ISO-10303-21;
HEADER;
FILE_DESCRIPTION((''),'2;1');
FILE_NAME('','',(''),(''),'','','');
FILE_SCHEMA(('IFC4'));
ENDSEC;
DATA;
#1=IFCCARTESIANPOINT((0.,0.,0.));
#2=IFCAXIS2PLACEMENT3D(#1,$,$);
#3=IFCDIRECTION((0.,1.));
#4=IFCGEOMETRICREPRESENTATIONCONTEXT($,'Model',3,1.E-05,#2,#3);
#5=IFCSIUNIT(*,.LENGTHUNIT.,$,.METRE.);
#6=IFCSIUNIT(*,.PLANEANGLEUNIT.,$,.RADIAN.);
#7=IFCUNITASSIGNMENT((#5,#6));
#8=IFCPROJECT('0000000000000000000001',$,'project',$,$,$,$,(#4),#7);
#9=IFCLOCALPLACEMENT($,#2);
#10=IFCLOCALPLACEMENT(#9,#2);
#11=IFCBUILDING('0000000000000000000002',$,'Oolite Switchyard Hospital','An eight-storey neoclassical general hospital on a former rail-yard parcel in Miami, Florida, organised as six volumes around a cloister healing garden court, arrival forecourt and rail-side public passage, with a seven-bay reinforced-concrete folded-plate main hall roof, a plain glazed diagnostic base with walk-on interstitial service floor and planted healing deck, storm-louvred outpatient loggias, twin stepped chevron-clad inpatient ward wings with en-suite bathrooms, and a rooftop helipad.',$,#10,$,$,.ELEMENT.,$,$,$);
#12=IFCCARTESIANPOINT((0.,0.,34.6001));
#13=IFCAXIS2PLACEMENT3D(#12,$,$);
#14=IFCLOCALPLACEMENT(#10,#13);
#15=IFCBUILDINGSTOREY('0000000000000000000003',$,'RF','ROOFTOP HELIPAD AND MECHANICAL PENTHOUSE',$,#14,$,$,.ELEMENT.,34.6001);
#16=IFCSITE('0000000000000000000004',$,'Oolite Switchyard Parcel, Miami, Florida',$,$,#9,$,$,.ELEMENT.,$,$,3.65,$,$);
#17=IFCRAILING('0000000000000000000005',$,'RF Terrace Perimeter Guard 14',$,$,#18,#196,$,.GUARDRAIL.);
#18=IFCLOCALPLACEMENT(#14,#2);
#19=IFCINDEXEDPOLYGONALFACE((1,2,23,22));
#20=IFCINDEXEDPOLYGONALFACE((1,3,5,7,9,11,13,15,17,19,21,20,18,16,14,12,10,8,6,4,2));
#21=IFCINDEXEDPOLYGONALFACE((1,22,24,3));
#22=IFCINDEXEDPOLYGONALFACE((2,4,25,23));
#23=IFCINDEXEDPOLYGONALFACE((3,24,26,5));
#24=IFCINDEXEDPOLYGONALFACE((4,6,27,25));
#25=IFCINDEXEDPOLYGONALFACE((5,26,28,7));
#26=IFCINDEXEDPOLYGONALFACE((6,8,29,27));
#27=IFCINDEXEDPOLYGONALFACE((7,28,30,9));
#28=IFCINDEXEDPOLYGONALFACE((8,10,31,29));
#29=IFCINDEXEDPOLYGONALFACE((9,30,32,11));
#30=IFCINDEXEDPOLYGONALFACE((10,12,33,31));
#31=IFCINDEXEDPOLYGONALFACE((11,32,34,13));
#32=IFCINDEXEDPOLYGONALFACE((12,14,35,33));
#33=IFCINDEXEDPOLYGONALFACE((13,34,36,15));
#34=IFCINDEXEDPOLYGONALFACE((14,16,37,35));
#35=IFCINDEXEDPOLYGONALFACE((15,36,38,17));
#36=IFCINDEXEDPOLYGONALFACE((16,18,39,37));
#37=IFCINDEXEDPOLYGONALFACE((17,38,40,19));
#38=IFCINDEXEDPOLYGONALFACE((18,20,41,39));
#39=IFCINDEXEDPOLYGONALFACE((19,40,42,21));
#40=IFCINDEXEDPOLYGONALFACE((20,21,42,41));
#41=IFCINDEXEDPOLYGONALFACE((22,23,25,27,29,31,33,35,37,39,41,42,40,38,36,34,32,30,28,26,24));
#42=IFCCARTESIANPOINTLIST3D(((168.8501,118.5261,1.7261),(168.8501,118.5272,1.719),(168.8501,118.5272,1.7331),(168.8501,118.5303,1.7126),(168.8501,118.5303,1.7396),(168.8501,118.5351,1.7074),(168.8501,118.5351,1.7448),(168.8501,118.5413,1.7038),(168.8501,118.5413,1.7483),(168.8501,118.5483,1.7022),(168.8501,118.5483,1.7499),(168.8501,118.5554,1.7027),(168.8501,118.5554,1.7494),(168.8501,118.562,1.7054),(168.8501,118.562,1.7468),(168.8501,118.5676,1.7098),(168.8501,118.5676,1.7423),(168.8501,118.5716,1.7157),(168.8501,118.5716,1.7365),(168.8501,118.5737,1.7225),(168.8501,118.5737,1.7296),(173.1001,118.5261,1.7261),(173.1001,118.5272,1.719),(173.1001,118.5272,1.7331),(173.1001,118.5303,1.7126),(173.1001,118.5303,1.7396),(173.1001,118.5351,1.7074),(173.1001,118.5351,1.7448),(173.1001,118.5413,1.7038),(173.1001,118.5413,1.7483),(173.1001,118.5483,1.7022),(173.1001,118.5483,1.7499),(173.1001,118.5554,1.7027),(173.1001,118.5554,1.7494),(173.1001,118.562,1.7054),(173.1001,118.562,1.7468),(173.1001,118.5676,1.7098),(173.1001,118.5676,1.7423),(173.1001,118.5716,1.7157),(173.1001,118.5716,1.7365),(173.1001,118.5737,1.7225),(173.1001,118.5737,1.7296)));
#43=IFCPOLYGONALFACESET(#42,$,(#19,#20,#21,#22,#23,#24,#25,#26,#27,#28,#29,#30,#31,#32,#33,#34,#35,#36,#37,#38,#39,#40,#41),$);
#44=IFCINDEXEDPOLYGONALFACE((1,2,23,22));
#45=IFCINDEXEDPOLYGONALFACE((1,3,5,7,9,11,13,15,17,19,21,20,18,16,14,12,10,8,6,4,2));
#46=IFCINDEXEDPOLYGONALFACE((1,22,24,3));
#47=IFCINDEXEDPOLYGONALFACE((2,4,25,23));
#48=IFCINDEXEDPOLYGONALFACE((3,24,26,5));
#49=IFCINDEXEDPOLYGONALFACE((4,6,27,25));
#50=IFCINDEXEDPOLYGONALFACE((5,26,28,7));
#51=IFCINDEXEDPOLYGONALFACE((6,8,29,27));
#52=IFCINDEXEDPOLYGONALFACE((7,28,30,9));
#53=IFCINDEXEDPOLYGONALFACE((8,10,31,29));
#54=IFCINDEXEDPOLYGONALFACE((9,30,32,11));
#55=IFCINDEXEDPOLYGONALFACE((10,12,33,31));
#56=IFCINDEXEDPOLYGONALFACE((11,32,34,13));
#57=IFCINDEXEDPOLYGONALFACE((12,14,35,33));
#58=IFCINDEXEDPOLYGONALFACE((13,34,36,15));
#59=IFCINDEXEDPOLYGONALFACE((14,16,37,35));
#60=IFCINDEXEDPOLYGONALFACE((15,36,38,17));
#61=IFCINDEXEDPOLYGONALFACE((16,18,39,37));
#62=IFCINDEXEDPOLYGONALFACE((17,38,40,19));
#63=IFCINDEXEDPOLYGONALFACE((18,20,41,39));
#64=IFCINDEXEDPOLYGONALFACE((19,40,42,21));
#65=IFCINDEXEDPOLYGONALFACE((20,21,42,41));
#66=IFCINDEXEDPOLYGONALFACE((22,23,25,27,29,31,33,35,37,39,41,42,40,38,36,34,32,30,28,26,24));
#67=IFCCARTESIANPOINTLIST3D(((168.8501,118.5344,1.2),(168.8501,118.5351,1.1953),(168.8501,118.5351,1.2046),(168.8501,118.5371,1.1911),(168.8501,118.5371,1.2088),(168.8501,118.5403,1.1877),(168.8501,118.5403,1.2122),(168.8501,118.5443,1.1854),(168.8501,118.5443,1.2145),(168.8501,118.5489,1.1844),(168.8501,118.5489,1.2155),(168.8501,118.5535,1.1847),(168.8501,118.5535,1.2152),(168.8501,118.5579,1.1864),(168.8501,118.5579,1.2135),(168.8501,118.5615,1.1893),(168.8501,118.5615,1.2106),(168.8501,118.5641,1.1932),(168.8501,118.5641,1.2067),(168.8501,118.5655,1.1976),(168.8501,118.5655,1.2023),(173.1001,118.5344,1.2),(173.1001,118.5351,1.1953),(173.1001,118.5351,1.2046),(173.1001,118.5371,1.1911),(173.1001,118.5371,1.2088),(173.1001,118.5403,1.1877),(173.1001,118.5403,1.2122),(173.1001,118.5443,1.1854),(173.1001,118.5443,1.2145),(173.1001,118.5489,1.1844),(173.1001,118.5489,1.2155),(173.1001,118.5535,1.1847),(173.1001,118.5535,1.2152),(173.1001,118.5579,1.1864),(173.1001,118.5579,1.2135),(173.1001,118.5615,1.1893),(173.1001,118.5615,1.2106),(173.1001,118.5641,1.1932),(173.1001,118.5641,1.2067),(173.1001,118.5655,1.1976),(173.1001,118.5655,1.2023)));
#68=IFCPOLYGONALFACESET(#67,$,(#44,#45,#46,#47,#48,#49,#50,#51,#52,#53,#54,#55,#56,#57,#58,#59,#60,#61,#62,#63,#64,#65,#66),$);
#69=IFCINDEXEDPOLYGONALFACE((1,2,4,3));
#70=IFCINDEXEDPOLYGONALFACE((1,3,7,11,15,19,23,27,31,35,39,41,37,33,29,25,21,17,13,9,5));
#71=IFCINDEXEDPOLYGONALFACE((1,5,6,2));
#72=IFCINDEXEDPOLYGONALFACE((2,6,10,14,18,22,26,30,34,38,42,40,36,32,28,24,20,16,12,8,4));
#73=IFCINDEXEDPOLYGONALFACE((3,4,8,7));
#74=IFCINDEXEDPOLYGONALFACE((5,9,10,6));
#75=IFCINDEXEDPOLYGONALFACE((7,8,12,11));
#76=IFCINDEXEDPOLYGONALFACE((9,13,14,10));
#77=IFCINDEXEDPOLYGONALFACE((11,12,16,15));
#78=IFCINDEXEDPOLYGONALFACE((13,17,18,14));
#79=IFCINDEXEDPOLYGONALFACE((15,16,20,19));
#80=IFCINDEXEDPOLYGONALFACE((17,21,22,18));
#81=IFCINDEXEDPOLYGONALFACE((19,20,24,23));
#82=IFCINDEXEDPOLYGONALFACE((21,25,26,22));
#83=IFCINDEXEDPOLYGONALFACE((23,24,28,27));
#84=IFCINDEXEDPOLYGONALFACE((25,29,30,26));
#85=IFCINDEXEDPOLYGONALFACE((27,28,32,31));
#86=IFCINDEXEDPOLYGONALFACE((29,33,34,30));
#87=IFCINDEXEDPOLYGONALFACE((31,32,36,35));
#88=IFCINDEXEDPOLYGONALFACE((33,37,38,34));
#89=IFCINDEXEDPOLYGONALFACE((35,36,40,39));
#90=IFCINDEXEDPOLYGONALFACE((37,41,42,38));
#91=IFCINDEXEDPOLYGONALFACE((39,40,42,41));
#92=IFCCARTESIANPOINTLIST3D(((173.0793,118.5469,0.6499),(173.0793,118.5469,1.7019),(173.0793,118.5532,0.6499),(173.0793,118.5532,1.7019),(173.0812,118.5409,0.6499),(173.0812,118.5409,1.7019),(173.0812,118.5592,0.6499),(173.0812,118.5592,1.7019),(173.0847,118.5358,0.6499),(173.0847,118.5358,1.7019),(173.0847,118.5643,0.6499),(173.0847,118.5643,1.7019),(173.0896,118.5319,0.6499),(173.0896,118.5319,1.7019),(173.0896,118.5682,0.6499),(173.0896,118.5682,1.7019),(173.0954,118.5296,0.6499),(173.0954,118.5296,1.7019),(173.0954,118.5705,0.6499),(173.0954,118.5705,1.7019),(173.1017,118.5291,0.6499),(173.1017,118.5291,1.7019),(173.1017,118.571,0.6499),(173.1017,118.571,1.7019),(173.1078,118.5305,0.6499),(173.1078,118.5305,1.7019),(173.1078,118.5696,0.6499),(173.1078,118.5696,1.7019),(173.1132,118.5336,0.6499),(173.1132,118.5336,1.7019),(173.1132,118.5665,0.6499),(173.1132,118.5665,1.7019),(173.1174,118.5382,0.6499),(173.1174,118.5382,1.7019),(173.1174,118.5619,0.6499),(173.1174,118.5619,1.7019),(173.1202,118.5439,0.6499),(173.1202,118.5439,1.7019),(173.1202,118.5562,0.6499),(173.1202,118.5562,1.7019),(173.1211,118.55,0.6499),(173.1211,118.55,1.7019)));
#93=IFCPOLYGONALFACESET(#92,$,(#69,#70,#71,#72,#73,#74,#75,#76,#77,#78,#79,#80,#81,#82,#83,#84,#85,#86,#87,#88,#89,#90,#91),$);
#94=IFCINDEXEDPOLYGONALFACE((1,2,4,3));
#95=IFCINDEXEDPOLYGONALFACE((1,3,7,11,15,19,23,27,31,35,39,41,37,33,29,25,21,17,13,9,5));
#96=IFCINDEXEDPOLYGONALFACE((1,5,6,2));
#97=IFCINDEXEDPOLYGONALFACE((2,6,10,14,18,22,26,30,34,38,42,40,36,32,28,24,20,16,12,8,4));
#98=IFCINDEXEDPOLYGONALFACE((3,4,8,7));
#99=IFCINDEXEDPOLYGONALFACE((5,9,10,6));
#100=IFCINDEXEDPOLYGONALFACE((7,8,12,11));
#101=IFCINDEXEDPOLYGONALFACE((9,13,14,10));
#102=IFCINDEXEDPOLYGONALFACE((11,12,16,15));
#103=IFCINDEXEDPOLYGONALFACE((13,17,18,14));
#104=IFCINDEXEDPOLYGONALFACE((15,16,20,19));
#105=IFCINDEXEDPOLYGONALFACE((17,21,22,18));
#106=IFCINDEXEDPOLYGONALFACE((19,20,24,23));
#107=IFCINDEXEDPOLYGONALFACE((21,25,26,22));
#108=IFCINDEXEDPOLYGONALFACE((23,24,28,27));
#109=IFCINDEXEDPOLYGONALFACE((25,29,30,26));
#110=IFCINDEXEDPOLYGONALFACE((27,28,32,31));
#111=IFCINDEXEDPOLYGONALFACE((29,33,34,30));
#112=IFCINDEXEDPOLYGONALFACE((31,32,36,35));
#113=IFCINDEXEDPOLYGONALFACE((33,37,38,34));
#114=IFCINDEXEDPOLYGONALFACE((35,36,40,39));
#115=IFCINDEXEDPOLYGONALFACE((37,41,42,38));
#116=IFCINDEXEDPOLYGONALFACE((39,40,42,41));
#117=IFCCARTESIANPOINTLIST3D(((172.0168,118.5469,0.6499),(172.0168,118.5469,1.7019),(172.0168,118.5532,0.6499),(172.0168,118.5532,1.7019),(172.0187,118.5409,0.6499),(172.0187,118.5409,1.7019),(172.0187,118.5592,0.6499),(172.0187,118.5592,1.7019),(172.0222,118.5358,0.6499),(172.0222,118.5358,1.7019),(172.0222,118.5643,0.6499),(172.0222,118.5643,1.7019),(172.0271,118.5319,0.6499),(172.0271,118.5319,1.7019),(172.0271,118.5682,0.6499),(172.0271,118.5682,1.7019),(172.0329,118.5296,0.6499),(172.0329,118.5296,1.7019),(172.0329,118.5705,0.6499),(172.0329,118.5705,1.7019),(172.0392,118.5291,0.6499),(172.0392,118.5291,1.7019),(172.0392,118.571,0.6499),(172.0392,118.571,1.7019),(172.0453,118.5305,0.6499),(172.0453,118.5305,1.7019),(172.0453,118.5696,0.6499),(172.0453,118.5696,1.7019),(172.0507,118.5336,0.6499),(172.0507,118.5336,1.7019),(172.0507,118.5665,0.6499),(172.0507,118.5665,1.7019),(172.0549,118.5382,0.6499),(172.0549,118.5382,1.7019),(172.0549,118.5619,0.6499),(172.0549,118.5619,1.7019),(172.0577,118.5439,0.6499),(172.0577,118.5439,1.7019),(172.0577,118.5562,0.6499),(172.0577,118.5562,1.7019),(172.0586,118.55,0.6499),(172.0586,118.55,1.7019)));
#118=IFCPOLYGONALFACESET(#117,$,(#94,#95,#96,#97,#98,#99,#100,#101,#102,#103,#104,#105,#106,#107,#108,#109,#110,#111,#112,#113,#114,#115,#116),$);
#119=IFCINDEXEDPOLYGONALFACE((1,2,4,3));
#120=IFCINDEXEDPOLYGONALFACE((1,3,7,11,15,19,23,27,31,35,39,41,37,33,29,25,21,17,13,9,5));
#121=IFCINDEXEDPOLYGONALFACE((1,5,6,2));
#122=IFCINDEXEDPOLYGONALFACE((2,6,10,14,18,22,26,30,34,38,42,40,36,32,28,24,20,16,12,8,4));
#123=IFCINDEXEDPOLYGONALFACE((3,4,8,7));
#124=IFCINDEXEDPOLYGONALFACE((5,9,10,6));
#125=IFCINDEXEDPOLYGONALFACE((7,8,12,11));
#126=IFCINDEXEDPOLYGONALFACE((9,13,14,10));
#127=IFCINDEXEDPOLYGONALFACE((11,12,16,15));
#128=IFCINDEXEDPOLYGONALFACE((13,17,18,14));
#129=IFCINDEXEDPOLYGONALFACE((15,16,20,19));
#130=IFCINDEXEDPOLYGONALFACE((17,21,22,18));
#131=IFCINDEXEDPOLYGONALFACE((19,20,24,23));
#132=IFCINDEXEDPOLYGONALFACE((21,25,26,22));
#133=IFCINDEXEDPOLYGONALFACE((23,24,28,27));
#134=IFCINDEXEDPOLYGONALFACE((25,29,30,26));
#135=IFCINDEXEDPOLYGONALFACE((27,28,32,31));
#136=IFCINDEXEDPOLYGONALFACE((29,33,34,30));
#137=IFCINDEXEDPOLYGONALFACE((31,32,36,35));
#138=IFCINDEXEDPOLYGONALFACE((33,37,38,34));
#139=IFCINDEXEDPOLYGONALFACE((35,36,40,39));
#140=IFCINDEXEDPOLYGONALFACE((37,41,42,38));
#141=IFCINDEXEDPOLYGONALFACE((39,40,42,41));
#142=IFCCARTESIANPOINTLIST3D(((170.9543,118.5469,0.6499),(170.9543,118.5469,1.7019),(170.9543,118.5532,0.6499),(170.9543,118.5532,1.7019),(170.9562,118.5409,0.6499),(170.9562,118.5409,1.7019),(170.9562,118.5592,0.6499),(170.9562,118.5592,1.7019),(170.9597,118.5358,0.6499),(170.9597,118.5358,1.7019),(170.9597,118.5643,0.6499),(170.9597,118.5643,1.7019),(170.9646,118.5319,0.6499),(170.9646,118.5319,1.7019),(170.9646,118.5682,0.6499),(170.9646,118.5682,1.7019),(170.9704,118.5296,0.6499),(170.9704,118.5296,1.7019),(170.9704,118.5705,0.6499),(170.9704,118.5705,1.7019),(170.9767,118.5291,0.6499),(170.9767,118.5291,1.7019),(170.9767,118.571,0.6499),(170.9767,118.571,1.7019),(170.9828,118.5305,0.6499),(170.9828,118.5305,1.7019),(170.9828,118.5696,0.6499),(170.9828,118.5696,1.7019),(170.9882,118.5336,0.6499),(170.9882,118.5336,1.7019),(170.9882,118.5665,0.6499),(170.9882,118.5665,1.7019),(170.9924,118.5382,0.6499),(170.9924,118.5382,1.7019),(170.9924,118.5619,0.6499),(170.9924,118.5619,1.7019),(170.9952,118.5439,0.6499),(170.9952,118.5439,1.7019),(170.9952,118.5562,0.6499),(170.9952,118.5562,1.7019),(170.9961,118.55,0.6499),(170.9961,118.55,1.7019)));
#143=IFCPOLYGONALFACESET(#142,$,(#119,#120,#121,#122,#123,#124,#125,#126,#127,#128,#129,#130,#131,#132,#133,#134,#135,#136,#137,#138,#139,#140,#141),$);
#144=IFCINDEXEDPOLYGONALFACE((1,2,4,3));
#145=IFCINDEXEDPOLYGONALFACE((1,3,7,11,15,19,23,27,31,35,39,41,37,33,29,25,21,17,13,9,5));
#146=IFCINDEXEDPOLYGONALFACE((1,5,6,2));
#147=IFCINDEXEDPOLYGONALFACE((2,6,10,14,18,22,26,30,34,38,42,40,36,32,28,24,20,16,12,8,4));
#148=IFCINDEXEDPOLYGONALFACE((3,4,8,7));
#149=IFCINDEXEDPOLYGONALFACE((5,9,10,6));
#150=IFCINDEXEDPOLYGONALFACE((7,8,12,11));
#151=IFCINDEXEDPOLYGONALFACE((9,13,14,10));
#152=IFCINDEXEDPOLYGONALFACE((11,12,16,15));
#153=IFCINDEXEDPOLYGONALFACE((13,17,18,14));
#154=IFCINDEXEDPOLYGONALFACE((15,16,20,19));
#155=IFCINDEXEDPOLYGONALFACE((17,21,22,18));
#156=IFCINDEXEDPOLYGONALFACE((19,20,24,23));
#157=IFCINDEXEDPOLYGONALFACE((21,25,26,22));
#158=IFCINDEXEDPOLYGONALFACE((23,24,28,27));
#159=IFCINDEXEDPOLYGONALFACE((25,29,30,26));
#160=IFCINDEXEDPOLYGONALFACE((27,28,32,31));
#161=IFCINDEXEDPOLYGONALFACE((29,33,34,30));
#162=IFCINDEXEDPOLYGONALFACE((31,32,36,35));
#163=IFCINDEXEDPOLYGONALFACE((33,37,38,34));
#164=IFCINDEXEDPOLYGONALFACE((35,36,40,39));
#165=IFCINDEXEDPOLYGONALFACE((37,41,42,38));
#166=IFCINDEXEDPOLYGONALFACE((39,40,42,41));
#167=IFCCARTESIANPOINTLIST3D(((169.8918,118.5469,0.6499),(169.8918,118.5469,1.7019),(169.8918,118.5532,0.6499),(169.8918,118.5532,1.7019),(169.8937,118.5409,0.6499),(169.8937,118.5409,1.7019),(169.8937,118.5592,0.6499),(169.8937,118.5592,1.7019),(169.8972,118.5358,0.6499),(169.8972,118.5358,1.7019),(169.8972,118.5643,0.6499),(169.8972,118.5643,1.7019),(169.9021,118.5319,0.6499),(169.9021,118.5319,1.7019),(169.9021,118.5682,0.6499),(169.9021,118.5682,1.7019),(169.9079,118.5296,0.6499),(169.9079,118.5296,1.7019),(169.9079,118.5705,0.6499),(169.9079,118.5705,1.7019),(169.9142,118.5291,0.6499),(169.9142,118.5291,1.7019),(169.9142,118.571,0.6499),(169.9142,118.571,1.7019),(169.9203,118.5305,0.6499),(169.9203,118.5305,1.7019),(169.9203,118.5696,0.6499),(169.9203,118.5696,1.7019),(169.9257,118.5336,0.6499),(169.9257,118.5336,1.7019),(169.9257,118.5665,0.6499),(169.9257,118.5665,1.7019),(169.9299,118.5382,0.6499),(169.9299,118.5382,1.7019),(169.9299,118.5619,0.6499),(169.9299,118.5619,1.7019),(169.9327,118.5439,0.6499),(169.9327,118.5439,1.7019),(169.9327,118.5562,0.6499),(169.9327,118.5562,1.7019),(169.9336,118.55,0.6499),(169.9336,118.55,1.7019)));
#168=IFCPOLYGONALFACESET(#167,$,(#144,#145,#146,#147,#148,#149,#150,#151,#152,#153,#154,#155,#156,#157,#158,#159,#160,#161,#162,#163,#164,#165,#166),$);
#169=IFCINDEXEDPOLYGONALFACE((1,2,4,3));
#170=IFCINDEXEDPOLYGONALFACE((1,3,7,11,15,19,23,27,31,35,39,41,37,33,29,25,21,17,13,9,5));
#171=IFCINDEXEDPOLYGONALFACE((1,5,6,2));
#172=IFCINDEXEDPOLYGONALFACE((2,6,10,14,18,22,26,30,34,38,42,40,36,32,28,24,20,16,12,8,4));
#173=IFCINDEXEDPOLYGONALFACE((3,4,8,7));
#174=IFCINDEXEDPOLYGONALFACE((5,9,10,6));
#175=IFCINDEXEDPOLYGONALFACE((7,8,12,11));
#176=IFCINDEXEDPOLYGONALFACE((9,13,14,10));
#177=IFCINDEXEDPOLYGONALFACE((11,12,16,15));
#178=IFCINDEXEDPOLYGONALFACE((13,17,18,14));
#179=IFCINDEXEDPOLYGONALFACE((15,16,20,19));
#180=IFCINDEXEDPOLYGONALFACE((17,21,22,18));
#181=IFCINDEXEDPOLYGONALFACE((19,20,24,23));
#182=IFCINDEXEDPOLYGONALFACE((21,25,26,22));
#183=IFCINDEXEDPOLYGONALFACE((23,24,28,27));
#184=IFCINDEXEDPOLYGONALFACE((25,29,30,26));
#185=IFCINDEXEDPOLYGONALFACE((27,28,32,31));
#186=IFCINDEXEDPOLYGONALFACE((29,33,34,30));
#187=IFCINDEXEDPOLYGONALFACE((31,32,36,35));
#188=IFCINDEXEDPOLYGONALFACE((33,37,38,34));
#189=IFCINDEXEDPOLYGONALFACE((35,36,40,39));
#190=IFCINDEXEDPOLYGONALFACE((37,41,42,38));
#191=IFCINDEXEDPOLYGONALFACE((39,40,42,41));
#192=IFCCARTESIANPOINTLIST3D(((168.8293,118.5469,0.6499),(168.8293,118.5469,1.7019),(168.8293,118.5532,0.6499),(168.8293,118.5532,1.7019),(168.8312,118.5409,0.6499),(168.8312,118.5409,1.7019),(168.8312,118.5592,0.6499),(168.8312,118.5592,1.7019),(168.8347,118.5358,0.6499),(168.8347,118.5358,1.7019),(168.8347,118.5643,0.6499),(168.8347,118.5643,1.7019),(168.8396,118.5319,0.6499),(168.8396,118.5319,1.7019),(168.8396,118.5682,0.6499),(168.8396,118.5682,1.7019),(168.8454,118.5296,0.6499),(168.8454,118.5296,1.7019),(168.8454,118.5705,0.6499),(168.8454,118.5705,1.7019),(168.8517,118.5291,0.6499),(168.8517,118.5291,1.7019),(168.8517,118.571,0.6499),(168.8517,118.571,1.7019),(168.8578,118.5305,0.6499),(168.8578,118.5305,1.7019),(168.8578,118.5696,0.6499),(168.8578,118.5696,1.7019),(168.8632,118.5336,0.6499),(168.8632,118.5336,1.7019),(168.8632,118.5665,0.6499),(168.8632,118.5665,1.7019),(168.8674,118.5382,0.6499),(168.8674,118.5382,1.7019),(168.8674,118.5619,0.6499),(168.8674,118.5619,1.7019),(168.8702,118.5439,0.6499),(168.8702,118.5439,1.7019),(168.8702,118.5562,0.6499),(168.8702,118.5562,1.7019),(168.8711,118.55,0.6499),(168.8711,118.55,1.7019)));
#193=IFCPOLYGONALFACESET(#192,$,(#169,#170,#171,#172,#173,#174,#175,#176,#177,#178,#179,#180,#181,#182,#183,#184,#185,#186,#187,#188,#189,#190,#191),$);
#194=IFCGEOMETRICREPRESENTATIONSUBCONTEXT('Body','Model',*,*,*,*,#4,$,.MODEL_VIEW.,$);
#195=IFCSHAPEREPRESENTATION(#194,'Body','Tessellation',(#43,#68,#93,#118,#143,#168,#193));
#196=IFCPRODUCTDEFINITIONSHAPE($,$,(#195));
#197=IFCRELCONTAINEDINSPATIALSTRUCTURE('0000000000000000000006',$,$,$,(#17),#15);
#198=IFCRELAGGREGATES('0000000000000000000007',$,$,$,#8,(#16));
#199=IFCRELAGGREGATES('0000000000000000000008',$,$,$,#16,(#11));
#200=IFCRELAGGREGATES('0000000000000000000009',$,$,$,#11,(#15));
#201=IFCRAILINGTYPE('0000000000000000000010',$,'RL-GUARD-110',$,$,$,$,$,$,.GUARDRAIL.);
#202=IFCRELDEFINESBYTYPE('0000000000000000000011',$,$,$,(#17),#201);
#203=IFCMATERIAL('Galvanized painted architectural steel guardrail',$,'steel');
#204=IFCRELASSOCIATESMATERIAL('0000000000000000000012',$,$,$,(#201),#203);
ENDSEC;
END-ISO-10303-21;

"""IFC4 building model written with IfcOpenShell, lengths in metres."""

from ifc_helpers import new_model, si_unit, direction, frame, origin, origin_2d, place, context, subcontext, project, spatial, circle, extrude, material, type_object, element, save


model = new_model("IFC4")

# Units and contexts
model_context = context("Model", 3, precision=1e-05, world=origin(), true_north=direction((0.0, 1.0)))
body_context = subcontext(model_context, "Body", "Model", "MODEL_VIEW")
ifc_project = project(units=[si_unit("LENGTHUNIT", "METRE"), si_unit("PLANEANGLEUNIT", "RADIAN")], contexts=[model_context])

# Site, building, storey
site_placement = place(None, origin())
site = spatial("IfcSite", under=ifc_project, at=site_placement, Name="Oolite Switchyard Parcel, Miami, Florida", CompositionType="ELEMENT", RefElevation=3.65)
building_placement = place(site_placement, origin())
building = spatial("IfcBuilding", under=site, at=building_placement, Name="Oolite Switchyard Hospital", Description="An eight-storey neoclassical general hospital on a former rail-yard parcel in Miami, Florida, organised as six volumes around a cloister healing garden court, arrival forecourt and rail-side public passage, with a seven-bay reinforced-concrete folded-plate main hall roof, a plain glazed diagnostic base with walk-on interstitial service floor and planted healing deck, storm-louvred outpatient loggias, twin stepped chevron-clad inpatient ward wings with en-suite bathrooms, and a rooftop helipad.", CompositionType="ELEMENT")
storey_placement = place(building_placement, frame((0.0, 0.0, 34.6001)))
storey = spatial("IfcBuildingStorey", under=building, at=storey_placement, Name="RF", Description="ROOFTOP HELIPAD AND MECHANICAL PENTHOUSE", CompositionType="ELEMENT", Elevation=34.6001)

# Railing
ifc_material_1 = material(Name="Galvanized painted architectural steel guardrail", Category="steel")
railing_type_1 = type_object("IfcRailingType", Name="RL-GUARD-110", PredefinedType="GUARDRAIL", material=ifc_material_1)
railing_1_placement = place(storey_placement, frame((173.1001, 118.55, 0.6499)))
element("IfcRailing", 1, at=railing_1_placement, inside=storey, type_object=railing_type_1, Name="RF Terrace Perimeter Guard 14", PredefinedType="GUARDRAIL", context=body_context, shape_type="SweptSolid", body=[
    extrude(circle(Radius=0.0239, at=origin_2d()), frame((0.0, 0.0, 1.0762), z_axis=(-1.0, 0.0, 0.0), x_axis=(0.0, -1.0, 0.0)), (0.0, 0.0, 1.0), 4.25),
    extrude(circle(Radius=0.0156, at=origin_2d()), frame((0.0, 0.0, 0.55), z_axis=(-1.0, 0.0, 0.0), x_axis=(0.0, -1.0, 0.0)), (0.0, 0.0, 1.0), 4.25),
    extrude(circle(Radius=0.021, at=origin_2d()), origin(), (0.0, 0.0, 1.0), 1.052),
    extrude(circle(Radius=0.021, at=origin_2d()), frame((-1.0625, 0.0, 0.0)), (0.0, 0.0, 1.0), 1.052),
    extrude(circle(Radius=0.021, at=origin_2d()), frame((-2.125, 0.0, 0.0)), (0.0, 0.0, 1.0), 1.052),
    extrude(circle(Radius=0.021, at=origin_2d()), frame((-3.1875, 0.0, 0.0)), (0.0, 0.0, 1.0), 1.052),
    extrude(circle(Radius=0.021, at=origin_2d()), frame((-4.25, 0.0, 0.0)), (0.0, 0.0, 1.0), 1.052),
])

save(model, "model.ifc")
